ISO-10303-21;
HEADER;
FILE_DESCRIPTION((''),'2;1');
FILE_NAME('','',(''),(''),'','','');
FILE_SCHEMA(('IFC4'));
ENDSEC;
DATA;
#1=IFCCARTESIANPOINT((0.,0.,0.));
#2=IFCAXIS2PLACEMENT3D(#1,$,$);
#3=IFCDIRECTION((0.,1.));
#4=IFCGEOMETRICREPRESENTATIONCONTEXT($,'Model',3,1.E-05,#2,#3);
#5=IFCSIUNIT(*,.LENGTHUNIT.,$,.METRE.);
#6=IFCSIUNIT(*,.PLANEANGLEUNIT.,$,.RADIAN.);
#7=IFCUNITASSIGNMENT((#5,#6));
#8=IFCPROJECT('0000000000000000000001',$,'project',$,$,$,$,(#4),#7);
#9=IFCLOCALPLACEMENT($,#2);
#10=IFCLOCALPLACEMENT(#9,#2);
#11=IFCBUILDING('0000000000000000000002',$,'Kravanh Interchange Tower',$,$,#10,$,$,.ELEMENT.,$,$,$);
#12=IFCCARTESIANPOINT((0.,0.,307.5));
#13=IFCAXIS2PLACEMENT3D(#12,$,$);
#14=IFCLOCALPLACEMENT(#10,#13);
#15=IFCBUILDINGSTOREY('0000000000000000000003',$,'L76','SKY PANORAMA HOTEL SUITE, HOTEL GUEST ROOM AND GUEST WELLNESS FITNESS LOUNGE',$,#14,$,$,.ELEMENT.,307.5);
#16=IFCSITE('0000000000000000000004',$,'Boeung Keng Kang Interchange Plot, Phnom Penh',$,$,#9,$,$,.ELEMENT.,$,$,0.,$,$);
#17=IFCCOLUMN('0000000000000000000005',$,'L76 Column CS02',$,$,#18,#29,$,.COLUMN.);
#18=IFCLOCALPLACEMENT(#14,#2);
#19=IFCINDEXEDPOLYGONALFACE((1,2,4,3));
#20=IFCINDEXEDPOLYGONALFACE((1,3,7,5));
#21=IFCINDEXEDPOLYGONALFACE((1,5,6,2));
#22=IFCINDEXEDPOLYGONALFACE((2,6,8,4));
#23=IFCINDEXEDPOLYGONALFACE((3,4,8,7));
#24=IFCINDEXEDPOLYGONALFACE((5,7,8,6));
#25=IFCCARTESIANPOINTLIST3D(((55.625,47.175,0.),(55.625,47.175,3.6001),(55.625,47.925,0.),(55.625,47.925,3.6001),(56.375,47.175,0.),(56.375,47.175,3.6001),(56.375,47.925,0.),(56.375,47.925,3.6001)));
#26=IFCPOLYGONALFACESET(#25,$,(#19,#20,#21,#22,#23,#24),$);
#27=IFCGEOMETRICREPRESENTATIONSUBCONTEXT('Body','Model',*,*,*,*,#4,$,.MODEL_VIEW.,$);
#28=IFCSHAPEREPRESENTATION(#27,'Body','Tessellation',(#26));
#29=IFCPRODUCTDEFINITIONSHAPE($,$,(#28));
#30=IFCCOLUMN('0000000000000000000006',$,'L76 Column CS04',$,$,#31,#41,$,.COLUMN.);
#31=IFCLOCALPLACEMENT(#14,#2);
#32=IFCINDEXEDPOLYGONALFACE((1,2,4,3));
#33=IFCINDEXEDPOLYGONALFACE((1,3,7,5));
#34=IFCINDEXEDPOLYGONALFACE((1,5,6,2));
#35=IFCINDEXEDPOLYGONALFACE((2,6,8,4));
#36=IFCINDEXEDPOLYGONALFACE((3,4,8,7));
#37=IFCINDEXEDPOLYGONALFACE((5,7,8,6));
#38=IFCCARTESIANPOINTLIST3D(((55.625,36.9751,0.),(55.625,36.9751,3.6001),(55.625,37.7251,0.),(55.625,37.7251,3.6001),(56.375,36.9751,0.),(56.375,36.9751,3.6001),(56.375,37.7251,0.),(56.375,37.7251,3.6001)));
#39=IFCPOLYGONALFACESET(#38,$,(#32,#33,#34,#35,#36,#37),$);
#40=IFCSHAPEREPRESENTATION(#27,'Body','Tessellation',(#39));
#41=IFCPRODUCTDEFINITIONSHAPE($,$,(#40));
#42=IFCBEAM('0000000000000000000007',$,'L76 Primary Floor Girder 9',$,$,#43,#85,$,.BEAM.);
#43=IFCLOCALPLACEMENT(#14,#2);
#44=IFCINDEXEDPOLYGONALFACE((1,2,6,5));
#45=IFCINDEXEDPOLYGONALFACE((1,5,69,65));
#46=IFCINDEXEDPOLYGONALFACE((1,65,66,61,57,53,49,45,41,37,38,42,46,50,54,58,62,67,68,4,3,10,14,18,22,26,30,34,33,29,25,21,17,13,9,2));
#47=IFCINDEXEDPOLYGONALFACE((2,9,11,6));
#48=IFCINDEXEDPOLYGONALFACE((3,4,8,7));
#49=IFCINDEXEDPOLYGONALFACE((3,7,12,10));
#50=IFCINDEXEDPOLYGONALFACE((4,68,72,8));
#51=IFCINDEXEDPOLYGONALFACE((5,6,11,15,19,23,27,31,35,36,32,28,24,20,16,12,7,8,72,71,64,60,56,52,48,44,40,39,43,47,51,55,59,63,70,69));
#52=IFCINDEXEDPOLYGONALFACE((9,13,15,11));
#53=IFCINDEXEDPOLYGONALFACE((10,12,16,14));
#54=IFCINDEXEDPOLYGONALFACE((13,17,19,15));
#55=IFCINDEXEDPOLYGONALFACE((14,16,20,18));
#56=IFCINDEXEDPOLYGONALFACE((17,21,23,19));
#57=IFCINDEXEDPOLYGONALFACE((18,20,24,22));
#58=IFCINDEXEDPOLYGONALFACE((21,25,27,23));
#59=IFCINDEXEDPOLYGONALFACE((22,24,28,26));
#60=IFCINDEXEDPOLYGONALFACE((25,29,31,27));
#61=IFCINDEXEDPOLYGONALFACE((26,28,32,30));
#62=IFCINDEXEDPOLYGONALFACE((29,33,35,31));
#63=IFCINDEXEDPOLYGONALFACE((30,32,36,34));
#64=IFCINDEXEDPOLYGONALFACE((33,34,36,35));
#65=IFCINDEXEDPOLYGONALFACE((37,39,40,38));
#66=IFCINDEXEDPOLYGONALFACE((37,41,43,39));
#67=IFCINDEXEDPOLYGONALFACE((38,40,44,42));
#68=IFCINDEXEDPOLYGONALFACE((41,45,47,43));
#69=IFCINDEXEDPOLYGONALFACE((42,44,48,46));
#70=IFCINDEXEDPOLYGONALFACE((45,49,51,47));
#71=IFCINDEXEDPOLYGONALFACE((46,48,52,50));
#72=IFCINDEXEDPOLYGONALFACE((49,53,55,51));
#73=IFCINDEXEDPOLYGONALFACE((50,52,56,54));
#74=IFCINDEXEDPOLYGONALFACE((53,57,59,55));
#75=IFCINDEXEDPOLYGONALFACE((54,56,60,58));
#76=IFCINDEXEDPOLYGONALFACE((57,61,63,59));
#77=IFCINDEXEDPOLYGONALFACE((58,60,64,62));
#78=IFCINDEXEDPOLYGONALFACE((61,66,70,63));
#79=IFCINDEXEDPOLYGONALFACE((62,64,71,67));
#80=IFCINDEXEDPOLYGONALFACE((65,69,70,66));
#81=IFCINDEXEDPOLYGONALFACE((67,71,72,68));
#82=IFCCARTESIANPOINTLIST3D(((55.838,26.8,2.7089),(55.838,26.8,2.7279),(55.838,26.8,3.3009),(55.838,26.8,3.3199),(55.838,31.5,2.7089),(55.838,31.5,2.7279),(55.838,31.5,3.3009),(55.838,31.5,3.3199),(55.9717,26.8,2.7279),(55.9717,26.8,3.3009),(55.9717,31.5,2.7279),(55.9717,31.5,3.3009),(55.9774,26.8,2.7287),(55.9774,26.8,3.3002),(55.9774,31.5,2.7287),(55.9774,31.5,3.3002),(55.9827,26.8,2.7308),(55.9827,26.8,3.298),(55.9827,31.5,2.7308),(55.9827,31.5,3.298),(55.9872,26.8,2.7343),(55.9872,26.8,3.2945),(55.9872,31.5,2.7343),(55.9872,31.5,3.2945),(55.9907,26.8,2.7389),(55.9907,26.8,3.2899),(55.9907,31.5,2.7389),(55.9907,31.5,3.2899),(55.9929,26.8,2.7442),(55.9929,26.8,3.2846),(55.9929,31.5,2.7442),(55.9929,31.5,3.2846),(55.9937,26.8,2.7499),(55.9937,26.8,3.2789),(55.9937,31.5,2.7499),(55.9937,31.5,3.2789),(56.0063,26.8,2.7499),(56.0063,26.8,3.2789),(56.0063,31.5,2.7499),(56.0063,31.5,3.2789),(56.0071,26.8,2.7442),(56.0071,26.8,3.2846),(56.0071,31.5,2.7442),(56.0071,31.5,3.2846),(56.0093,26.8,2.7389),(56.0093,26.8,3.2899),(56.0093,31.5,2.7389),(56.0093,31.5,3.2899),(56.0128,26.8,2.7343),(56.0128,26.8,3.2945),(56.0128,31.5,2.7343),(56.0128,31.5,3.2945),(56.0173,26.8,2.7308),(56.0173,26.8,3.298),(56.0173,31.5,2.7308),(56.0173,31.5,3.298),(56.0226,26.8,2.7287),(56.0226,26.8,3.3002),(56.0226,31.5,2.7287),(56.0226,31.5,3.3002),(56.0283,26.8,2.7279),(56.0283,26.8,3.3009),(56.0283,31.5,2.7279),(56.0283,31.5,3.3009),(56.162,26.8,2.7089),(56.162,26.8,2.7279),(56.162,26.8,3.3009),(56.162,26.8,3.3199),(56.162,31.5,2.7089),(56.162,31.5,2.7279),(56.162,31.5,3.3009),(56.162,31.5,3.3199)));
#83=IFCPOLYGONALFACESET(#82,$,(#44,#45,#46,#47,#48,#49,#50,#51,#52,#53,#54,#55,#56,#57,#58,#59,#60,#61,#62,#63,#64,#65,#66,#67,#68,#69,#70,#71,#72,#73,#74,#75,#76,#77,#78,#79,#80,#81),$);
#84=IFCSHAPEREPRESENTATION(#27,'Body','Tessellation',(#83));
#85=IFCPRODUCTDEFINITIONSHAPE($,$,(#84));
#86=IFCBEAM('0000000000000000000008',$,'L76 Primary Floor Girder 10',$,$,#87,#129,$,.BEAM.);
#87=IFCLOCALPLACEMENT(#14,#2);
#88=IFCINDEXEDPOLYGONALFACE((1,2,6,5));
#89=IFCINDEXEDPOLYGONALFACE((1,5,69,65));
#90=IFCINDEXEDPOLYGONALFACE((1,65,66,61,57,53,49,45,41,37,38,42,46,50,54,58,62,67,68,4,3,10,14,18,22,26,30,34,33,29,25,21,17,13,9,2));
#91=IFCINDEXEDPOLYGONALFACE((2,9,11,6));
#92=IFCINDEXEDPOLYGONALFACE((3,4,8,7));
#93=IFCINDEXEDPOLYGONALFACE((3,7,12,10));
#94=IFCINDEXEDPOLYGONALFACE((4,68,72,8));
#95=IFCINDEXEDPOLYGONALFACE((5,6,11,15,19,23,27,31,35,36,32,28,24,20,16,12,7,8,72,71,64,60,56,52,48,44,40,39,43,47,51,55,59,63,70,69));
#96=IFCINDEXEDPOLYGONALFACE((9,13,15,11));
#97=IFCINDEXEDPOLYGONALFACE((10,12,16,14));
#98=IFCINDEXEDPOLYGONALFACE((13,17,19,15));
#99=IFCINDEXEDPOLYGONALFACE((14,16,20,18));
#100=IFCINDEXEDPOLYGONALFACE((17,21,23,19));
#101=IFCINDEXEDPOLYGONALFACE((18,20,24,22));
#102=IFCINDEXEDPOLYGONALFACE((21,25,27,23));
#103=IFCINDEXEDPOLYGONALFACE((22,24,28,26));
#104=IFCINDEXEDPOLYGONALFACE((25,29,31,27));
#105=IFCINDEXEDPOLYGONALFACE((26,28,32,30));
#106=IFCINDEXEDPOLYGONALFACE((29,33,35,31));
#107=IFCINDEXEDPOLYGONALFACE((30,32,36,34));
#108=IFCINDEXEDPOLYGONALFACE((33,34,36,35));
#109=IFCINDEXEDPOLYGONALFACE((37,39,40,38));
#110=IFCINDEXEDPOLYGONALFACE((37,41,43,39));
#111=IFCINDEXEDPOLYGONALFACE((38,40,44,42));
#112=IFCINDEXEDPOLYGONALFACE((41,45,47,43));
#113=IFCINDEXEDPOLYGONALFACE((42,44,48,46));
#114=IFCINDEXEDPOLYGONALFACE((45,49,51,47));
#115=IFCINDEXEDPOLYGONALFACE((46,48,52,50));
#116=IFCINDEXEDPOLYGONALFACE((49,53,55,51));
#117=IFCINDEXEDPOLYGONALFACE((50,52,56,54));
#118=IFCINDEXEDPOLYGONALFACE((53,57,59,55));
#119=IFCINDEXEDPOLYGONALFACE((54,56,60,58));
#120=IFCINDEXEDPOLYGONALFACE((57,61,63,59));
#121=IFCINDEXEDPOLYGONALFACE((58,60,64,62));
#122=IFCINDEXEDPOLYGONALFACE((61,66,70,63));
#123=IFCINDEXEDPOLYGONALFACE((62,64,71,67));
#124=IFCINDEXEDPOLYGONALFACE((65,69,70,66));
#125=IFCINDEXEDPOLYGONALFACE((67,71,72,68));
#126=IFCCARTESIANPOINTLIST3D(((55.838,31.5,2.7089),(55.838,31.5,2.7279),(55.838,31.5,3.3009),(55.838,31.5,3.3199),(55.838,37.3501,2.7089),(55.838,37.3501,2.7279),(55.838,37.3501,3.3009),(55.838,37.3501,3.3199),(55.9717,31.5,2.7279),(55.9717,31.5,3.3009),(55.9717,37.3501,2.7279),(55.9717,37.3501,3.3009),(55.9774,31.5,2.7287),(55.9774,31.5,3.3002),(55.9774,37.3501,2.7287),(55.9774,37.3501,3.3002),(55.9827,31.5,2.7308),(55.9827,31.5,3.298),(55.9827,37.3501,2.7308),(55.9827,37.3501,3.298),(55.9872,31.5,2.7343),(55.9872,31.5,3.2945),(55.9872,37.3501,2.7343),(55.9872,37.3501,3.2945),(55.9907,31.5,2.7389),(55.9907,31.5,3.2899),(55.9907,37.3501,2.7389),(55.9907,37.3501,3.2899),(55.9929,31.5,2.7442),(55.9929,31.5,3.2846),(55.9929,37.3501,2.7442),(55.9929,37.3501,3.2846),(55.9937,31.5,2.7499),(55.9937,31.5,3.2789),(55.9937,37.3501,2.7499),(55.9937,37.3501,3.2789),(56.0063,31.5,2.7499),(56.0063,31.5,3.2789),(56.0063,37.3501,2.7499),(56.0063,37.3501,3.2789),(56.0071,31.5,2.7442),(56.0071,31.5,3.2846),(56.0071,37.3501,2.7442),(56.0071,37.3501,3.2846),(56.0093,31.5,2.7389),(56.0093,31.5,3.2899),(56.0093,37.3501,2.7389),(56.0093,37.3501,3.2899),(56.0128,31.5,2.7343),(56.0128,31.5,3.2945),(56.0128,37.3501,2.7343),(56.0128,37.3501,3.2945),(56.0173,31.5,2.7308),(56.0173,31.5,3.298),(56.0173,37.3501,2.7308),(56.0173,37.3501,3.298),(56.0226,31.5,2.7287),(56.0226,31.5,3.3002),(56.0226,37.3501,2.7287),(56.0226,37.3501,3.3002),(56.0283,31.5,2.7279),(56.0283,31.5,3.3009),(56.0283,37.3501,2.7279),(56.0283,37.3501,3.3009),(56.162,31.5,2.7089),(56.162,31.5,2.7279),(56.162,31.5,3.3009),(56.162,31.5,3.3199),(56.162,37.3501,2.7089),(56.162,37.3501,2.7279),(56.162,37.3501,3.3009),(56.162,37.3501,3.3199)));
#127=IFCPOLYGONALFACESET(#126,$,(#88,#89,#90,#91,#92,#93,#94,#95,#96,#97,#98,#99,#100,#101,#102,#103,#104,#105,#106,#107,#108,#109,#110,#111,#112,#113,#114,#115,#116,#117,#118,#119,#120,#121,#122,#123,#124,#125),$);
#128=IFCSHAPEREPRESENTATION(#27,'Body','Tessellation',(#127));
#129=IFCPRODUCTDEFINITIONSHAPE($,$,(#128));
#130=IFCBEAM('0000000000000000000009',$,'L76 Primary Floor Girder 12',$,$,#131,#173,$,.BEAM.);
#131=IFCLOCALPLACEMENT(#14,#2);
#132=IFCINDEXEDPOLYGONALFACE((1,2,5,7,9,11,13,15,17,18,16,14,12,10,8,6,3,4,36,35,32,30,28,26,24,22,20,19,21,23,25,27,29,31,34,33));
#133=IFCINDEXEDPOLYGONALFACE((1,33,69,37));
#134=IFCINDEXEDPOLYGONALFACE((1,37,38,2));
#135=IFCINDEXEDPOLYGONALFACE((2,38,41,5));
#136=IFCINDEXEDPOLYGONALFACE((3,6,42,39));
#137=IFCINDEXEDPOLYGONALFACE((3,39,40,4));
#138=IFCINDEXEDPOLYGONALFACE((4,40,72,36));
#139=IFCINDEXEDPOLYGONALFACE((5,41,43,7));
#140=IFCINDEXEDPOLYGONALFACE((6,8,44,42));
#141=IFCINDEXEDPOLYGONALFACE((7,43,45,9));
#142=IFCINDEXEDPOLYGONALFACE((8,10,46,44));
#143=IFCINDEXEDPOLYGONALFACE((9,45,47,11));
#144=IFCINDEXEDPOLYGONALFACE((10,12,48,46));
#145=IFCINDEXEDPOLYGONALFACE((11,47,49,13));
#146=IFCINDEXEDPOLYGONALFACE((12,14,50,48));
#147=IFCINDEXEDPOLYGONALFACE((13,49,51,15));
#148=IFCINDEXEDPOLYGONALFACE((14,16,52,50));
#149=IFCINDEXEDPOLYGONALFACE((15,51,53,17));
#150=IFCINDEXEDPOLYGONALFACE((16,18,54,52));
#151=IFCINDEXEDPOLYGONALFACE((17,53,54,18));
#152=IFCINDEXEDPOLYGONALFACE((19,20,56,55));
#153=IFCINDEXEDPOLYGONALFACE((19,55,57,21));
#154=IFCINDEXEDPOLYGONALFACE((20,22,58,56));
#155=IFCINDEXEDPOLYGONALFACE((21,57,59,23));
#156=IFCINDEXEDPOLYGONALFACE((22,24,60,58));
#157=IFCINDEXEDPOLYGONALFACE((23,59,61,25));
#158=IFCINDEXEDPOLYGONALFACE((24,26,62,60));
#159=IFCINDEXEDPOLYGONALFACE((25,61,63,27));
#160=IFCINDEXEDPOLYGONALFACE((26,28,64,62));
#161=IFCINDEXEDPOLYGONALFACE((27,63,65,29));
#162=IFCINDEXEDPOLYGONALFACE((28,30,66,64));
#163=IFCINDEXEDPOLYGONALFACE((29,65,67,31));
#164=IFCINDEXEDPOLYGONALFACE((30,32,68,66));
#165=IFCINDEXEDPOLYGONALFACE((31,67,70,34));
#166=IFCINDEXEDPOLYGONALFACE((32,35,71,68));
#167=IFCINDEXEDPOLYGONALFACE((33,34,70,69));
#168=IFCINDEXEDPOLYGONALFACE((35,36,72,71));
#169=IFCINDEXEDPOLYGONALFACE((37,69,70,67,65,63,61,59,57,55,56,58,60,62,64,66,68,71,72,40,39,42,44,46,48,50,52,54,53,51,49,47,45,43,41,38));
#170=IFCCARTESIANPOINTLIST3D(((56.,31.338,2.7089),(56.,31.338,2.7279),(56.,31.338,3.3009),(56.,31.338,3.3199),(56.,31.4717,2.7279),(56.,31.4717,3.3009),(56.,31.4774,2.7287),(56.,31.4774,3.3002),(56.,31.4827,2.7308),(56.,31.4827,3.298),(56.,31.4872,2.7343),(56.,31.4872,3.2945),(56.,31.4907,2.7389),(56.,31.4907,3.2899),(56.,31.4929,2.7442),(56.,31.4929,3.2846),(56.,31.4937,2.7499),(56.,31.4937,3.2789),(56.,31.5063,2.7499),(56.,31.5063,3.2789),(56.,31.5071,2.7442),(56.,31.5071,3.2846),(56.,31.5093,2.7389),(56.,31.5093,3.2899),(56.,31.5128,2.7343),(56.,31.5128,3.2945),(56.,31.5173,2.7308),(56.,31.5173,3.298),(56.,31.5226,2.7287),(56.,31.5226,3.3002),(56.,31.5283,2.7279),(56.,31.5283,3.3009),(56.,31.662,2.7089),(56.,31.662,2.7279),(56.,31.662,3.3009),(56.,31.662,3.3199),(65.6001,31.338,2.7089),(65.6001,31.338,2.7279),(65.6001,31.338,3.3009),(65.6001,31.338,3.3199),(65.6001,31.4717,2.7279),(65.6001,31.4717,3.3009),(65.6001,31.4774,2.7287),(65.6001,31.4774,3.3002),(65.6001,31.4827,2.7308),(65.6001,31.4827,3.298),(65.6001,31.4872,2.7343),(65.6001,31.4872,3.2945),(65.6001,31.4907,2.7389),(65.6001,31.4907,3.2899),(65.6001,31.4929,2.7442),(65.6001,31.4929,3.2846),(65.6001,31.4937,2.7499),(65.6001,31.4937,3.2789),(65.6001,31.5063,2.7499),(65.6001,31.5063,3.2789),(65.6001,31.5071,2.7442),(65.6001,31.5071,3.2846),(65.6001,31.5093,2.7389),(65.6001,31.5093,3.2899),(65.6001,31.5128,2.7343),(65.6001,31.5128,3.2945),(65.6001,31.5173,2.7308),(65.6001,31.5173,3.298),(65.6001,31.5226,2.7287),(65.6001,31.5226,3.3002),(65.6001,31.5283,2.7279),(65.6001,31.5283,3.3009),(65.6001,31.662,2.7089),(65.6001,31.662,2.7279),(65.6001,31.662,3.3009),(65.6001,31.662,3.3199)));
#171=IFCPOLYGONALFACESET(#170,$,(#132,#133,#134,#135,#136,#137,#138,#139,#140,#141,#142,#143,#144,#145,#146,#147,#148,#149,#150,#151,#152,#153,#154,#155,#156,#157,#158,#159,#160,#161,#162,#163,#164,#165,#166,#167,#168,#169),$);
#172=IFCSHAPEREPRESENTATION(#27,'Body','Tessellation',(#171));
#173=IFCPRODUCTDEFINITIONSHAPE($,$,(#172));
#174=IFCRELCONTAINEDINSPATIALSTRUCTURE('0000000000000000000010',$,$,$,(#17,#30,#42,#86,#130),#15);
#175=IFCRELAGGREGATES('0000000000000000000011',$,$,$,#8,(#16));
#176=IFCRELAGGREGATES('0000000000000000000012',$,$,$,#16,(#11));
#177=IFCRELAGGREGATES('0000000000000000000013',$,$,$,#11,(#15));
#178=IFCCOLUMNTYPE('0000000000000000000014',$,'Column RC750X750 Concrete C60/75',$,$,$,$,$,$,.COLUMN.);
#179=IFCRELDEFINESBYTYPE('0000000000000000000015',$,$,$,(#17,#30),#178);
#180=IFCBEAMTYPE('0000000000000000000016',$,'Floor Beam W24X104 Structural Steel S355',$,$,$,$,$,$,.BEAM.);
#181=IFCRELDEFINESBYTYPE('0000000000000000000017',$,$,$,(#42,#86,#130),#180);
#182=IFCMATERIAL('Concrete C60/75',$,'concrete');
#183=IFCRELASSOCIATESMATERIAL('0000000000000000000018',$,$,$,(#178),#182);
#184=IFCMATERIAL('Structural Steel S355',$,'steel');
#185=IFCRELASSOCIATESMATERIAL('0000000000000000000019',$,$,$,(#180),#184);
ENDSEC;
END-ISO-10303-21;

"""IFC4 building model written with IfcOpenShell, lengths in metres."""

from ifc_helpers import new_model, si_unit, direction, frame, origin, origin_2d, place, context, subcontext, project, spatial, rectangle, i_section, extrude, material, material_profile, profile_set, type_object, element, save


model = new_model("IFC4")

# Units and contexts
model_context = context("Model", 3, precision=1e-05, world=origin(), true_north=direction((0.0, 1.0)))
body_context = subcontext(model_context, "Body", "Model", "MODEL_VIEW")
ifc_project = project(units=[si_unit("LENGTHUNIT", "METRE"), si_unit("PLANEANGLEUNIT", "RADIAN")], contexts=[model_context])

# Site, building, storey
site_placement = place(None, origin())
site = spatial("IfcSite", under=ifc_project, at=site_placement, Name="Boeung Keng Kang Interchange Plot, Phnom Penh", CompositionType="ELEMENT", RefElevation=0.0)
building_placement = place(site_placement, origin())
building = spatial("IfcBuilding", under=site, at=building_placement, Name="Kravanh Interchange Tower", CompositionType="ELEMENT")
storey_placement = place(building_placement, frame((0.0, 0.0, 307.5)))
storey = spatial("IfcBuildingStorey", under=building, at=storey_placement, Name="L76", Description="SKY PANORAMA HOTEL SUITE, HOTEL GUEST ROOM AND GUEST WELLNESS FITNESS LOUNGE", CompositionType="ELEMENT", Elevation=307.5)

# Columns
ifc_material_1 = material(Name="Concrete C60/75", Category="concrete")
ifc_material_profile_1 = material_profile(ifc_material_1, rectangle(XDim=0.75, YDim=0.75, at=origin_2d()), Name="RC750X750")
ifc_profile_set_1 = profile_set([ifc_material_profile_1], Name="Concrete C60/75")
column_type = type_object("IfcColumnType", Name="Column RC750X750 Concrete C60/75", PredefinedType="COLUMN", material=ifc_profile_set_1)
for number, where, z_axis, x_axis, name in (
    (1, (56.0, 47.55, 0.0), (0.0, 0.0, 1.0), (1.0, 0.0, 0.0), "L76 Column CS02"),
    (2, (56.0, 37.3501, 0.0), (0.0, 0.0, 1.0), (1.0, 0.0, 0.0), "L76 Column CS04"),
):
    element("IfcColumn", number, at=place(storey_placement, frame(where, z_axis=z_axis, x_axis=x_axis)), inside=storey, type_object=column_type, Name=name, PredefinedType="COLUMN", context=body_context, shape_type="SweptSolid", body=[
        extrude(rectangle(XDim=0.75, YDim=0.75, at=origin_2d()), origin(), (0.0, 0.0, 1.0), 3.6001),
    ])

# Beams
ifc_material_2 = material(Name="Structural Steel S355", Category="steel")
ifc_material_profile_2 = material_profile(ifc_material_2, i_section(OverallWidth=0.324, OverallDepth=0.6111, WebThickness=0.0127, FlangeThickness=0.019, FilletRadius=0.022, at=origin_2d()), Name="W24X104")
ifc_profile_set_2 = profile_set([ifc_material_profile_2], Name="Structural Steel S355")
beam_type_1 = type_object("IfcBeamType", Name="Floor Beam W24X104 Structural Steel S355", PredefinedType="BEAM", material=ifc_profile_set_2)
beam_1_placement = place(storey_placement, frame((56.0, 31.5, 3.0144), z_axis=(0.0, -1.0, 0.0), x_axis=(1.0, 0.0, 0.0)))
element("IfcBeam", 3, at=beam_1_placement, inside=storey, type_object=beam_type_1, Name="L76 Primary Floor Girder 9", PredefinedType="BEAM", context=body_context, shape_type="SweptSolid", body=[
    extrude(i_section(OverallWidth=0.324, OverallDepth=0.6111, WebThickness=0.0127, FlangeThickness=0.019, FilletRadius=0.022, at=origin_2d()), origin(), (0.0, 0.0, 1.0), 4.7),
])
beam_2_placement = place(storey_placement, frame((56.0, 31.5, 3.0144), z_axis=(0.0, 1.0, 0.0), x_axis=(-1.0, 0.0, 0.0)))
element("IfcBeam", 4, at=beam_2_placement, inside=storey, type_object=beam_type_1, Name="L76 Primary Floor Girder 10", PredefinedType="BEAM", context=body_context, shape_type="SweptSolid", body=[
    extrude(i_section(OverallWidth=0.324, OverallDepth=0.6111, WebThickness=0.0127, FlangeThickness=0.019, FilletRadius=0.022, at=origin_2d()), origin(), (0.0, 0.0, 1.0), 5.8501),
])
beam_3_placement = place(storey_placement, frame((56.0, 31.5, 3.0144), z_axis=(1.0, 0.0, 0.0), x_axis=(0.0, 1.0, 0.0)))
element("IfcBeam", 5, at=beam_3_placement, inside=storey, type_object=beam_type_1, Name="L76 Primary Floor Girder 12", PredefinedType="BEAM", context=body_context, shape_type="SweptSolid", body=[
    extrude(i_section(OverallWidth=0.324, OverallDepth=0.6111, WebThickness=0.0127, FlangeThickness=0.019, FilletRadius=0.022, at=origin_2d()), origin(), (0.0, 0.0, 1.0), 9.6001),
])

save(model, "model.ifc")
